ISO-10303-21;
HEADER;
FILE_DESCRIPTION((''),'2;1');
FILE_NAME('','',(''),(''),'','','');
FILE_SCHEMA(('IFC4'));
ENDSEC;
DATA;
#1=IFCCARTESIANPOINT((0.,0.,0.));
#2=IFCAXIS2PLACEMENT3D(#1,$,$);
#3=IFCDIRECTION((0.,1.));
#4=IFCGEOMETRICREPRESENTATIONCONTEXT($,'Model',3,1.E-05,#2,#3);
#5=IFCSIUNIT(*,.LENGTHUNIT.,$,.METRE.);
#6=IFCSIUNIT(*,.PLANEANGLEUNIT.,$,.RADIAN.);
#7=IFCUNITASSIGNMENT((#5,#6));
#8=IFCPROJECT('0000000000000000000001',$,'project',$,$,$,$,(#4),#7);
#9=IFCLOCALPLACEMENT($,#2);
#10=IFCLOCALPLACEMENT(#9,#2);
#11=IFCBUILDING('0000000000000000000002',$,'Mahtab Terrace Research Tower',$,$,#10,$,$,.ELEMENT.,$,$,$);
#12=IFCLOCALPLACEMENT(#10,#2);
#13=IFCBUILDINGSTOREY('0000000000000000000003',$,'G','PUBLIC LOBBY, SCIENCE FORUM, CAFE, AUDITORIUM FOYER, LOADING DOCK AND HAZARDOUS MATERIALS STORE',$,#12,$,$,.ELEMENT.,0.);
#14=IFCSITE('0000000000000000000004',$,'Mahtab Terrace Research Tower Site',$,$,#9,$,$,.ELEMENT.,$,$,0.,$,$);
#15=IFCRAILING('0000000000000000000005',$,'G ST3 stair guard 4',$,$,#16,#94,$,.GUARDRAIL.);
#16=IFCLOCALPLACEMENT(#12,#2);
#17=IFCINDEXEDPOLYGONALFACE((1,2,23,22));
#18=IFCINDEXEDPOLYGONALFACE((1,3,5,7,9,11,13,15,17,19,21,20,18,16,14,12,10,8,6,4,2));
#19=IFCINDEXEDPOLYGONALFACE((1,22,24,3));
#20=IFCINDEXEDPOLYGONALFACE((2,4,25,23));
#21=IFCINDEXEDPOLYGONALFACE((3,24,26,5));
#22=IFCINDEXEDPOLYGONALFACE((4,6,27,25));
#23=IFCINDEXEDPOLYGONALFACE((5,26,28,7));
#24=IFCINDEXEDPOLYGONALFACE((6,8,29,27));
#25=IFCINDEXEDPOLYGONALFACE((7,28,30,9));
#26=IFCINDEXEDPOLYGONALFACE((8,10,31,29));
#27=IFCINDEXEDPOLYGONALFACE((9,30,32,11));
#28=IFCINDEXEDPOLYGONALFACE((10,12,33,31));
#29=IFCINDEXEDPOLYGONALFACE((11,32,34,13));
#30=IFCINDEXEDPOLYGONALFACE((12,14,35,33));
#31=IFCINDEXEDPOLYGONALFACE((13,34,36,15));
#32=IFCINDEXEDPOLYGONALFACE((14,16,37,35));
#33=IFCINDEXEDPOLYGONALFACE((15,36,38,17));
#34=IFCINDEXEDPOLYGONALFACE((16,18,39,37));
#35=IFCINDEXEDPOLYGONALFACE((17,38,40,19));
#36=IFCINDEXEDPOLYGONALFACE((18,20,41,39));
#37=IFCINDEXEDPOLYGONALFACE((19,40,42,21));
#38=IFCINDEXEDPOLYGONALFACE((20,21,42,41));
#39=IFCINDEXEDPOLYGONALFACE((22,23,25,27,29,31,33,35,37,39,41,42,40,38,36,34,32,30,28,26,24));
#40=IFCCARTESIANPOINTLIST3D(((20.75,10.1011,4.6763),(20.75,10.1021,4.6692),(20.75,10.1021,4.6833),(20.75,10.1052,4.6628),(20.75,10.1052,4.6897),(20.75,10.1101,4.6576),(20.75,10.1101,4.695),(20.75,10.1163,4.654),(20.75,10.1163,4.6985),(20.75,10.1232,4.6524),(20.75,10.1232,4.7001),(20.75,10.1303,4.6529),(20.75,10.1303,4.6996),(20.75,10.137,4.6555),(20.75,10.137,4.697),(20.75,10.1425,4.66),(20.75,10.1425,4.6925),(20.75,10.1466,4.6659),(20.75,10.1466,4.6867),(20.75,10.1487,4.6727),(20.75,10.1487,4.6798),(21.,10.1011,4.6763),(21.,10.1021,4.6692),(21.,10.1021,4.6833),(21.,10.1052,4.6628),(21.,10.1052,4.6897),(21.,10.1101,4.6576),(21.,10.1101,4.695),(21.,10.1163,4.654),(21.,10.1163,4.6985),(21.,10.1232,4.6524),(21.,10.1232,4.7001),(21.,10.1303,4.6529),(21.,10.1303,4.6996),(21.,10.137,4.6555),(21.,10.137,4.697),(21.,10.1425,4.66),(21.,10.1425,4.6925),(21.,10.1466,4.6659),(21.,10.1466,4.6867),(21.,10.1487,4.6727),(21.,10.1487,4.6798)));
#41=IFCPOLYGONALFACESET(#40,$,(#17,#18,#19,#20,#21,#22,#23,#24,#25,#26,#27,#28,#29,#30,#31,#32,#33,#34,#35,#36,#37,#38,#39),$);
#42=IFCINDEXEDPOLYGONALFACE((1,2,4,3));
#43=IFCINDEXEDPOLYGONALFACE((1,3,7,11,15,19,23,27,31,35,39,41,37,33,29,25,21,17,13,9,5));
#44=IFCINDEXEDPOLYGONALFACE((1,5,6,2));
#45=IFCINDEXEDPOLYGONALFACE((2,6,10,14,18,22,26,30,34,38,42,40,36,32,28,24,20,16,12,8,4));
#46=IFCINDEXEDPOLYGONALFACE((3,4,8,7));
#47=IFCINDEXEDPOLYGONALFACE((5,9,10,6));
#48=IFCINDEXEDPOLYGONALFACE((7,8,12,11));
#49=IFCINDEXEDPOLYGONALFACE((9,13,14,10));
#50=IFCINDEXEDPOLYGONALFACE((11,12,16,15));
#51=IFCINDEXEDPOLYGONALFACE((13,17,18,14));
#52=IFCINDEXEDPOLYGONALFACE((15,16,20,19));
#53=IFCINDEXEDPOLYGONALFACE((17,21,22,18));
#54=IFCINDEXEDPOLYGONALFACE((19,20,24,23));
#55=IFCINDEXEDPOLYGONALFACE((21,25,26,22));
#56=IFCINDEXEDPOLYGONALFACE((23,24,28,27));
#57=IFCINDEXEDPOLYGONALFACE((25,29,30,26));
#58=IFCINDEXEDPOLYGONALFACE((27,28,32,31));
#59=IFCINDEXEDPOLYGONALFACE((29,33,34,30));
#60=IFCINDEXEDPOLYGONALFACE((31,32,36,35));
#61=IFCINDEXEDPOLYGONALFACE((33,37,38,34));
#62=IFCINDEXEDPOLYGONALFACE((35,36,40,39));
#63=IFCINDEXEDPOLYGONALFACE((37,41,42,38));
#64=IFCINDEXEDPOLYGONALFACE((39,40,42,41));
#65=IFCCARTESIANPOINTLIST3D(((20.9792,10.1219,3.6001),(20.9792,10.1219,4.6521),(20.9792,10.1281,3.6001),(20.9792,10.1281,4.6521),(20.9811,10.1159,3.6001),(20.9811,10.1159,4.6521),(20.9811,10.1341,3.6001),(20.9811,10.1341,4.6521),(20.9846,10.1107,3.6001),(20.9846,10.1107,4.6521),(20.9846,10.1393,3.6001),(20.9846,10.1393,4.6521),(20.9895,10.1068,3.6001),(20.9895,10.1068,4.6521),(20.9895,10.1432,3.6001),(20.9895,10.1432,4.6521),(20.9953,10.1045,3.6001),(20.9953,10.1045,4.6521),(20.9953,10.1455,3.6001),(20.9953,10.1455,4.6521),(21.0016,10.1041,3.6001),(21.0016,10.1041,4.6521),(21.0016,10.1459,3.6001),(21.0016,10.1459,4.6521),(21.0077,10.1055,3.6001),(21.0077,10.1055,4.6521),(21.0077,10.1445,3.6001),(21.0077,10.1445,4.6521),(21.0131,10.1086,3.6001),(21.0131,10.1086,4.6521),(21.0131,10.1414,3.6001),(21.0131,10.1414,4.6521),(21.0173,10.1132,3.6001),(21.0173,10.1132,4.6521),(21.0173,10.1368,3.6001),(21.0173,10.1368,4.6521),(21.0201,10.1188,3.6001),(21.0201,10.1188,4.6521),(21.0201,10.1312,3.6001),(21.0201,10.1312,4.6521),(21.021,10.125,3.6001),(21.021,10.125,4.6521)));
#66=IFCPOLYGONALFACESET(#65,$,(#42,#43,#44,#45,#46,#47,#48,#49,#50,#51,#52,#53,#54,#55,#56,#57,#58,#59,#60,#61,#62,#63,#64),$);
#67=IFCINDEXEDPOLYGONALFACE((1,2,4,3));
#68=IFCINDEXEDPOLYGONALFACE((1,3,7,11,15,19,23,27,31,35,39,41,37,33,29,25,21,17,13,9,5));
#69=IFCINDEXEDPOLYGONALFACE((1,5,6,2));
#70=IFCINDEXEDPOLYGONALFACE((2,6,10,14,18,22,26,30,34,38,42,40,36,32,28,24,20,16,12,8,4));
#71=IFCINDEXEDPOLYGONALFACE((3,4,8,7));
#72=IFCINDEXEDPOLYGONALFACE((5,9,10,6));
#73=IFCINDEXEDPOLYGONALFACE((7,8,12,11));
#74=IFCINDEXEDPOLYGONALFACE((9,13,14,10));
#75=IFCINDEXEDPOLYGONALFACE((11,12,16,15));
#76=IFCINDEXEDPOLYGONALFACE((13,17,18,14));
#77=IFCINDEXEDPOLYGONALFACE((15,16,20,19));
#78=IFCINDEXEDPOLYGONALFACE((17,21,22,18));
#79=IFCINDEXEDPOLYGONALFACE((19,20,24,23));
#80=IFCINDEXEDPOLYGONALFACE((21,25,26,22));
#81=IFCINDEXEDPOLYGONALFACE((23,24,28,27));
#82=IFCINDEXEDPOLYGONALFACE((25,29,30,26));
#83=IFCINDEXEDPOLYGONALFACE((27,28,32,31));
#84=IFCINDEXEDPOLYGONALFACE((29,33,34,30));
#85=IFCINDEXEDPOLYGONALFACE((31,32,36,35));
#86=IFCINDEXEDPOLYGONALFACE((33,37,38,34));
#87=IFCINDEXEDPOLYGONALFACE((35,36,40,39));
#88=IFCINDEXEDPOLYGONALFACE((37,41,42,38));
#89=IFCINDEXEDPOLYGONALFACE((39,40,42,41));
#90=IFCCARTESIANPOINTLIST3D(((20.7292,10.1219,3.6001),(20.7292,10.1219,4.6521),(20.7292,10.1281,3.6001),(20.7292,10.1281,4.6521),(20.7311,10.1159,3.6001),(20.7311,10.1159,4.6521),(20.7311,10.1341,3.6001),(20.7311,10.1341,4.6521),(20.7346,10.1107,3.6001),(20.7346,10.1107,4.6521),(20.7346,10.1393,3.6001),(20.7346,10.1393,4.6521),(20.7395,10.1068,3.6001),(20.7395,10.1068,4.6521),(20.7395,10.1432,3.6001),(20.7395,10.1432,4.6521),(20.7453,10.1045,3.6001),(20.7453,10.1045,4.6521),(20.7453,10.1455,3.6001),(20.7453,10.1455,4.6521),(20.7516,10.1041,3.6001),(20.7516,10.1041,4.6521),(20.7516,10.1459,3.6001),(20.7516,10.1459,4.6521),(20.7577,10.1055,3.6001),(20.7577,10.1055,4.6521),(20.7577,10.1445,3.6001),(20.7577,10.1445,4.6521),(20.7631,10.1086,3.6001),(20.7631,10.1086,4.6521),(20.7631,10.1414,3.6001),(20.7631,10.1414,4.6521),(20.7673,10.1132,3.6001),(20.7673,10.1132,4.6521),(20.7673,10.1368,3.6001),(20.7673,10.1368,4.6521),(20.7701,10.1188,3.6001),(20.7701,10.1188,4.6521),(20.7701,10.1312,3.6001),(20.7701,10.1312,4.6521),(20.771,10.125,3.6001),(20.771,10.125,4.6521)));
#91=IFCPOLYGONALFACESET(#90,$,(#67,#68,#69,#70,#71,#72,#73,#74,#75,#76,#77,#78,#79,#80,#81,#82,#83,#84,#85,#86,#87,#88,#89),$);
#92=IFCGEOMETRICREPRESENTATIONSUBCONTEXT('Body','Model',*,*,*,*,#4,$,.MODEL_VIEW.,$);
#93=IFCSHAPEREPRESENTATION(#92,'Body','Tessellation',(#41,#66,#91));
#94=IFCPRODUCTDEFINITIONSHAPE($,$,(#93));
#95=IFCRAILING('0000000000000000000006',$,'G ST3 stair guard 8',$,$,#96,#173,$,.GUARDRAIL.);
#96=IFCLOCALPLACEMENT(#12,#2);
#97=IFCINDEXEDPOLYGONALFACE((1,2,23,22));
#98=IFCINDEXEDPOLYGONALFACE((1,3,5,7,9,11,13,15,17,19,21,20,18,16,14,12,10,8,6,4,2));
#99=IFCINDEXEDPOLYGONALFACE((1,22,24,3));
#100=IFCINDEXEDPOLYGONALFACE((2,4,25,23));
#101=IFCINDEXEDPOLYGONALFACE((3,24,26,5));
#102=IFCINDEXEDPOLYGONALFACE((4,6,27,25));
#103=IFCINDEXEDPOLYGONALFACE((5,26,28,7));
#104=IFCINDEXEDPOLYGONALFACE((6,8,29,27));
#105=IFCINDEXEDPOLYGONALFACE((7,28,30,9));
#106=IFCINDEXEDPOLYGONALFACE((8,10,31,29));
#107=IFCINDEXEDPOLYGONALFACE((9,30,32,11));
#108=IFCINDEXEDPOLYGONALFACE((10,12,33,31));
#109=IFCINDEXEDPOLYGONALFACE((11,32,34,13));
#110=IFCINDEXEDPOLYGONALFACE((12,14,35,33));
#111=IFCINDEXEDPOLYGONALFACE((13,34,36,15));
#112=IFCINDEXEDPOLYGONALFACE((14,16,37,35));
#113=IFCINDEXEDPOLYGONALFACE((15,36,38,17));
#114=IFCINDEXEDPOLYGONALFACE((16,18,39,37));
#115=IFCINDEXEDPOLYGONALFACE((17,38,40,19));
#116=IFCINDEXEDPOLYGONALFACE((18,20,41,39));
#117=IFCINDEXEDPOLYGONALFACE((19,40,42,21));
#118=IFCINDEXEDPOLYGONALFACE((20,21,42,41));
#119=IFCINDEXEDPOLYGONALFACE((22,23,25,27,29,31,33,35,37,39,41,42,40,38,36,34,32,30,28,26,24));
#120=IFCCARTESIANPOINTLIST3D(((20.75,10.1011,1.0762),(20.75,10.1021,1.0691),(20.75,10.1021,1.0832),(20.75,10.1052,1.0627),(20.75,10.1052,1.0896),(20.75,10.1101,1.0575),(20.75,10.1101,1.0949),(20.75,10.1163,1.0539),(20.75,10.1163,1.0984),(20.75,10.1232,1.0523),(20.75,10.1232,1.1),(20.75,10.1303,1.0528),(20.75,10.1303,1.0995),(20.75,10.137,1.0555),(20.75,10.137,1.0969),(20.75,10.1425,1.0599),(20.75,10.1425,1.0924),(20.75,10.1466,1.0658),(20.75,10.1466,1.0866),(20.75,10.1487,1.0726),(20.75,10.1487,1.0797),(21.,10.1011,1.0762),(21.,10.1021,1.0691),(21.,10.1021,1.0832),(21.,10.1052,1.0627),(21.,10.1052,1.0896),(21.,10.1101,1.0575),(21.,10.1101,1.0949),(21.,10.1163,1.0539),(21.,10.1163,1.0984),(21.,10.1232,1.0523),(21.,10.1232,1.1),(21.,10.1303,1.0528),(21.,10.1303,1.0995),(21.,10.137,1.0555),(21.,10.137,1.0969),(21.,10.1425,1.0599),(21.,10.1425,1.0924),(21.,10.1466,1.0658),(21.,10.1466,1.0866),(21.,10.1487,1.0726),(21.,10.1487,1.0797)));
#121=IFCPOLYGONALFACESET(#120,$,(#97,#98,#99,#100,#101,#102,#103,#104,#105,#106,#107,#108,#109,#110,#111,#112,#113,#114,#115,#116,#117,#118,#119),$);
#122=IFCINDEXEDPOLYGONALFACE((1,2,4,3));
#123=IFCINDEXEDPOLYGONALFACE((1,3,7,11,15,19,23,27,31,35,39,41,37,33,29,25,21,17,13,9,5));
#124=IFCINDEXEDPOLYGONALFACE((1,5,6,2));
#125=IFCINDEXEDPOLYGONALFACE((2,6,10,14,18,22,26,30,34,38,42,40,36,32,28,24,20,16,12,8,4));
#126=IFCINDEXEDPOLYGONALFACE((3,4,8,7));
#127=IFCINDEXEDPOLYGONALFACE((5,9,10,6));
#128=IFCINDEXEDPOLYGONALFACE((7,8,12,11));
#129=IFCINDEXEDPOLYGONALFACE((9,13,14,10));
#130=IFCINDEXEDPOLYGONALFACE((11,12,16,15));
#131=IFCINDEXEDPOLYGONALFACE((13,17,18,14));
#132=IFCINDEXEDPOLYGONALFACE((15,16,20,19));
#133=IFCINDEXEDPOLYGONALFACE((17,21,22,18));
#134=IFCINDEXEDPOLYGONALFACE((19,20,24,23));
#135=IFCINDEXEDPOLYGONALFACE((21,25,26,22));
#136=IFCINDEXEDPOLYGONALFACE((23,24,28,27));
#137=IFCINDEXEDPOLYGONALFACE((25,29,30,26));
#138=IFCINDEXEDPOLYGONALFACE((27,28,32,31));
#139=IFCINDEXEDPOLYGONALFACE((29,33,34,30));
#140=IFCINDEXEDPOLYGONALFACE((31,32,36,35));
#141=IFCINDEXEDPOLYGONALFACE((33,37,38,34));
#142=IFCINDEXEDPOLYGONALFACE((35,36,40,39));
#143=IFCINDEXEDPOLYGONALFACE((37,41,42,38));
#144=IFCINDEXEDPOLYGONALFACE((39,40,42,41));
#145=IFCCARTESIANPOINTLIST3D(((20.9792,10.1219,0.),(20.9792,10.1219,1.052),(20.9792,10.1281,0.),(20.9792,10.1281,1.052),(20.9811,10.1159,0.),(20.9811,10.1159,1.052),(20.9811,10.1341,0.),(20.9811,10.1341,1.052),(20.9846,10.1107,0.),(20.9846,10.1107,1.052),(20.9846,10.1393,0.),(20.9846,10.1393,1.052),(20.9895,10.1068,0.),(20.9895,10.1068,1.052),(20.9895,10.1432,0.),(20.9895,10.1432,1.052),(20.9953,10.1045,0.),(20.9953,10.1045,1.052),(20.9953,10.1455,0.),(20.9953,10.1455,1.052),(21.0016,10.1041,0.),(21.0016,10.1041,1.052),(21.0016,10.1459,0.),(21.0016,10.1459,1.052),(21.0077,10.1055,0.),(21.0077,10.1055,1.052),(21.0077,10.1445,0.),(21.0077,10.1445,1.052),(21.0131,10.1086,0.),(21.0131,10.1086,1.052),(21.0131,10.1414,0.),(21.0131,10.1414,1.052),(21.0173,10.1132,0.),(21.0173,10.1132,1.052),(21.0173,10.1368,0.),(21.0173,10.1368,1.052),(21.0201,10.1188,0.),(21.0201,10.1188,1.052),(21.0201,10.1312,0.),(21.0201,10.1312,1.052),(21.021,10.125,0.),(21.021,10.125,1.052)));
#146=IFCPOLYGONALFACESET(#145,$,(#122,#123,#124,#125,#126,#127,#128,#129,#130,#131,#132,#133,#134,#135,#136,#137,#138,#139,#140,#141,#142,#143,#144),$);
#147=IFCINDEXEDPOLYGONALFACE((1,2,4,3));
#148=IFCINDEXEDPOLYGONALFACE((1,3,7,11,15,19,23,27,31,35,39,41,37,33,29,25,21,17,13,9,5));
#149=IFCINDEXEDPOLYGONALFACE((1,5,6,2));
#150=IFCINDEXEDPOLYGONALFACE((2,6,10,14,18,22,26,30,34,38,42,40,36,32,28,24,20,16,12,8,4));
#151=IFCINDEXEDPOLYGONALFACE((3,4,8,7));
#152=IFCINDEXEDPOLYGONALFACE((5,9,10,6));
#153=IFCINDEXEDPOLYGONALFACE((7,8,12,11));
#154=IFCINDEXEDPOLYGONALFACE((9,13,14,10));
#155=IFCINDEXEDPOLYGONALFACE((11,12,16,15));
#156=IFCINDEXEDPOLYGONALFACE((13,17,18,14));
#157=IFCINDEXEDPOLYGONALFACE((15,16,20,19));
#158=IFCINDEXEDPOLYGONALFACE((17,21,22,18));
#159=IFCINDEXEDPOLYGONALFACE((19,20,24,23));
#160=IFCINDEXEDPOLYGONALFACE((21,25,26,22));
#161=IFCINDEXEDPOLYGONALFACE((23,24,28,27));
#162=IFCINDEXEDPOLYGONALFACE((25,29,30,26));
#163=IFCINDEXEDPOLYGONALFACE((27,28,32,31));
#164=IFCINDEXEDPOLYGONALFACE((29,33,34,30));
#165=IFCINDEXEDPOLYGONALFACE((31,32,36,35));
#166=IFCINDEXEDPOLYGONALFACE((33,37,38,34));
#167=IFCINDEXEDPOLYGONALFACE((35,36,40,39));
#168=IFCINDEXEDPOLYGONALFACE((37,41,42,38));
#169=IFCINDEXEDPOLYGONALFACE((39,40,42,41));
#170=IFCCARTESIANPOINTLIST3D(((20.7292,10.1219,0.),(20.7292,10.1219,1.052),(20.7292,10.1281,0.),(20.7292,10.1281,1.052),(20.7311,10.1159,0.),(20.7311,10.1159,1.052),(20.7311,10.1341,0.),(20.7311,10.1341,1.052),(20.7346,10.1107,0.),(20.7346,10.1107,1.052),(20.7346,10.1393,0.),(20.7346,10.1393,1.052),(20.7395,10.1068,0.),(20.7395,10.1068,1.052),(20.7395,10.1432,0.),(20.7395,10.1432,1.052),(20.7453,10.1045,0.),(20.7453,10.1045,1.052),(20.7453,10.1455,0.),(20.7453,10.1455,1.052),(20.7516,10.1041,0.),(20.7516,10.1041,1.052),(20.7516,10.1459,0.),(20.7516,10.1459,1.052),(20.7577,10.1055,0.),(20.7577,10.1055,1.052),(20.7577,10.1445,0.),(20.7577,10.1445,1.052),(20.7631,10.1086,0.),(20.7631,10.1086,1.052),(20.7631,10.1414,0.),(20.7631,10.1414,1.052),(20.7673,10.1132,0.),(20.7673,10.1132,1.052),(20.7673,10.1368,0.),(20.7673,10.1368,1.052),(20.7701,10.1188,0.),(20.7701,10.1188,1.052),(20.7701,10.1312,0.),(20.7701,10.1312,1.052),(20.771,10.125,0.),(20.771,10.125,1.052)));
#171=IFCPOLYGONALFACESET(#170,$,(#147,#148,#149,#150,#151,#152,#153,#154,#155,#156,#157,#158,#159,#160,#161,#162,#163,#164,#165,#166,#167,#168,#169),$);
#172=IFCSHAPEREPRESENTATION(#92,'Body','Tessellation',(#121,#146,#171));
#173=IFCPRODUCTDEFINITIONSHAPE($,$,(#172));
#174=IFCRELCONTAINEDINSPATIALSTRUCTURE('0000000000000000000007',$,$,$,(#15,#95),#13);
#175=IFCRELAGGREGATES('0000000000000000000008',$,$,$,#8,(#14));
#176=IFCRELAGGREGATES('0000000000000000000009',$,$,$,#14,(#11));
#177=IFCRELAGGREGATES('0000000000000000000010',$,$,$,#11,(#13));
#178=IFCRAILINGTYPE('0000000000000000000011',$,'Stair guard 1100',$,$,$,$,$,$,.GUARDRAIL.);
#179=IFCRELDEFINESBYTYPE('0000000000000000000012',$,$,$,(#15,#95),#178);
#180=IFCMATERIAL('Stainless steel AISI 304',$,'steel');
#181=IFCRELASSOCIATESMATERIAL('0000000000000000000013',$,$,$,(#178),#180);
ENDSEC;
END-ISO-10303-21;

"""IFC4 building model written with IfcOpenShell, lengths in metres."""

from ifc_helpers import new_model, si_unit, direction, frame, origin, origin_2d, place, context, subcontext, project, spatial, circle, extrude, material, type_object, element, save


model = new_model("IFC4")

# Units and contexts
model_context = context("Model", 3, precision=1e-05, world=origin(), true_north=direction((0.0, 1.0)))
body_context = subcontext(model_context, "Body", "Model", "MODEL_VIEW")
ifc_project = project(units=[si_unit("LENGTHUNIT", "METRE"), si_unit("PLANEANGLEUNIT", "RADIAN")], contexts=[model_context])

# Site, building, storey
site_placement = place(None, origin())
site = spatial("IfcSite", under=ifc_project, at=site_placement, Name="Mahtab Terrace Research Tower Site", CompositionType="ELEMENT", RefElevation=0.0)
building_placement = place(site_placement, origin())
building = spatial("IfcBuilding", under=site, at=building_placement, Name="Mahtab Terrace Research Tower", CompositionType="ELEMENT")
storey_placement = place(building_placement, origin())
storey = spatial("IfcBuildingStorey", under=building, at=storey_placement, Name="G", Description="PUBLIC LOBBY, SCIENCE FORUM, CAFE, AUDITORIUM FOYER, LOADING DOCK AND HAZARDOUS MATERIALS STORE", CompositionType="ELEMENT", Elevation=0.0)

# Railings
ifc_material_1 = material(Name="Stainless steel AISI 304", Category="steel")
railing_type_1 = type_object("IfcRailingType", Name="Stair guard 1100", PredefinedType="GUARDRAIL", material=ifc_material_1)
for number, where, name in (
    (1, (21.0, 10.125, 3.6001), "G ST3 stair guard 4"),
    (2, (21.0, 10.125, 0.0), "G ST3 stair guard 8"),
):
    element("IfcRailing", number, at=place(storey_placement, frame(where)), inside=storey, type_object=railing_type_1, Name=name, PredefinedType="GUARDRAIL", context=body_context, shape_type="SweptSolid", body=[
        extrude(circle(Radius=0.0239, at=origin_2d()), frame((0.0, 0.0, 1.0762), z_axis=(-1.0, 0.0, 0.0), x_axis=(0.0, -1.0, 0.0)), (0.0, 0.0, 1.0), 0.25),
        extrude(circle(Radius=0.021, at=origin_2d()), origin(), (0.0, 0.0, 1.0), 1.052),
        extrude(circle(Radius=0.021, at=origin_2d()), frame((-0.25, 0.0, 0.0)), (0.0, 0.0, 1.0), 1.052),
    ])

save(model, "model.ifc")
